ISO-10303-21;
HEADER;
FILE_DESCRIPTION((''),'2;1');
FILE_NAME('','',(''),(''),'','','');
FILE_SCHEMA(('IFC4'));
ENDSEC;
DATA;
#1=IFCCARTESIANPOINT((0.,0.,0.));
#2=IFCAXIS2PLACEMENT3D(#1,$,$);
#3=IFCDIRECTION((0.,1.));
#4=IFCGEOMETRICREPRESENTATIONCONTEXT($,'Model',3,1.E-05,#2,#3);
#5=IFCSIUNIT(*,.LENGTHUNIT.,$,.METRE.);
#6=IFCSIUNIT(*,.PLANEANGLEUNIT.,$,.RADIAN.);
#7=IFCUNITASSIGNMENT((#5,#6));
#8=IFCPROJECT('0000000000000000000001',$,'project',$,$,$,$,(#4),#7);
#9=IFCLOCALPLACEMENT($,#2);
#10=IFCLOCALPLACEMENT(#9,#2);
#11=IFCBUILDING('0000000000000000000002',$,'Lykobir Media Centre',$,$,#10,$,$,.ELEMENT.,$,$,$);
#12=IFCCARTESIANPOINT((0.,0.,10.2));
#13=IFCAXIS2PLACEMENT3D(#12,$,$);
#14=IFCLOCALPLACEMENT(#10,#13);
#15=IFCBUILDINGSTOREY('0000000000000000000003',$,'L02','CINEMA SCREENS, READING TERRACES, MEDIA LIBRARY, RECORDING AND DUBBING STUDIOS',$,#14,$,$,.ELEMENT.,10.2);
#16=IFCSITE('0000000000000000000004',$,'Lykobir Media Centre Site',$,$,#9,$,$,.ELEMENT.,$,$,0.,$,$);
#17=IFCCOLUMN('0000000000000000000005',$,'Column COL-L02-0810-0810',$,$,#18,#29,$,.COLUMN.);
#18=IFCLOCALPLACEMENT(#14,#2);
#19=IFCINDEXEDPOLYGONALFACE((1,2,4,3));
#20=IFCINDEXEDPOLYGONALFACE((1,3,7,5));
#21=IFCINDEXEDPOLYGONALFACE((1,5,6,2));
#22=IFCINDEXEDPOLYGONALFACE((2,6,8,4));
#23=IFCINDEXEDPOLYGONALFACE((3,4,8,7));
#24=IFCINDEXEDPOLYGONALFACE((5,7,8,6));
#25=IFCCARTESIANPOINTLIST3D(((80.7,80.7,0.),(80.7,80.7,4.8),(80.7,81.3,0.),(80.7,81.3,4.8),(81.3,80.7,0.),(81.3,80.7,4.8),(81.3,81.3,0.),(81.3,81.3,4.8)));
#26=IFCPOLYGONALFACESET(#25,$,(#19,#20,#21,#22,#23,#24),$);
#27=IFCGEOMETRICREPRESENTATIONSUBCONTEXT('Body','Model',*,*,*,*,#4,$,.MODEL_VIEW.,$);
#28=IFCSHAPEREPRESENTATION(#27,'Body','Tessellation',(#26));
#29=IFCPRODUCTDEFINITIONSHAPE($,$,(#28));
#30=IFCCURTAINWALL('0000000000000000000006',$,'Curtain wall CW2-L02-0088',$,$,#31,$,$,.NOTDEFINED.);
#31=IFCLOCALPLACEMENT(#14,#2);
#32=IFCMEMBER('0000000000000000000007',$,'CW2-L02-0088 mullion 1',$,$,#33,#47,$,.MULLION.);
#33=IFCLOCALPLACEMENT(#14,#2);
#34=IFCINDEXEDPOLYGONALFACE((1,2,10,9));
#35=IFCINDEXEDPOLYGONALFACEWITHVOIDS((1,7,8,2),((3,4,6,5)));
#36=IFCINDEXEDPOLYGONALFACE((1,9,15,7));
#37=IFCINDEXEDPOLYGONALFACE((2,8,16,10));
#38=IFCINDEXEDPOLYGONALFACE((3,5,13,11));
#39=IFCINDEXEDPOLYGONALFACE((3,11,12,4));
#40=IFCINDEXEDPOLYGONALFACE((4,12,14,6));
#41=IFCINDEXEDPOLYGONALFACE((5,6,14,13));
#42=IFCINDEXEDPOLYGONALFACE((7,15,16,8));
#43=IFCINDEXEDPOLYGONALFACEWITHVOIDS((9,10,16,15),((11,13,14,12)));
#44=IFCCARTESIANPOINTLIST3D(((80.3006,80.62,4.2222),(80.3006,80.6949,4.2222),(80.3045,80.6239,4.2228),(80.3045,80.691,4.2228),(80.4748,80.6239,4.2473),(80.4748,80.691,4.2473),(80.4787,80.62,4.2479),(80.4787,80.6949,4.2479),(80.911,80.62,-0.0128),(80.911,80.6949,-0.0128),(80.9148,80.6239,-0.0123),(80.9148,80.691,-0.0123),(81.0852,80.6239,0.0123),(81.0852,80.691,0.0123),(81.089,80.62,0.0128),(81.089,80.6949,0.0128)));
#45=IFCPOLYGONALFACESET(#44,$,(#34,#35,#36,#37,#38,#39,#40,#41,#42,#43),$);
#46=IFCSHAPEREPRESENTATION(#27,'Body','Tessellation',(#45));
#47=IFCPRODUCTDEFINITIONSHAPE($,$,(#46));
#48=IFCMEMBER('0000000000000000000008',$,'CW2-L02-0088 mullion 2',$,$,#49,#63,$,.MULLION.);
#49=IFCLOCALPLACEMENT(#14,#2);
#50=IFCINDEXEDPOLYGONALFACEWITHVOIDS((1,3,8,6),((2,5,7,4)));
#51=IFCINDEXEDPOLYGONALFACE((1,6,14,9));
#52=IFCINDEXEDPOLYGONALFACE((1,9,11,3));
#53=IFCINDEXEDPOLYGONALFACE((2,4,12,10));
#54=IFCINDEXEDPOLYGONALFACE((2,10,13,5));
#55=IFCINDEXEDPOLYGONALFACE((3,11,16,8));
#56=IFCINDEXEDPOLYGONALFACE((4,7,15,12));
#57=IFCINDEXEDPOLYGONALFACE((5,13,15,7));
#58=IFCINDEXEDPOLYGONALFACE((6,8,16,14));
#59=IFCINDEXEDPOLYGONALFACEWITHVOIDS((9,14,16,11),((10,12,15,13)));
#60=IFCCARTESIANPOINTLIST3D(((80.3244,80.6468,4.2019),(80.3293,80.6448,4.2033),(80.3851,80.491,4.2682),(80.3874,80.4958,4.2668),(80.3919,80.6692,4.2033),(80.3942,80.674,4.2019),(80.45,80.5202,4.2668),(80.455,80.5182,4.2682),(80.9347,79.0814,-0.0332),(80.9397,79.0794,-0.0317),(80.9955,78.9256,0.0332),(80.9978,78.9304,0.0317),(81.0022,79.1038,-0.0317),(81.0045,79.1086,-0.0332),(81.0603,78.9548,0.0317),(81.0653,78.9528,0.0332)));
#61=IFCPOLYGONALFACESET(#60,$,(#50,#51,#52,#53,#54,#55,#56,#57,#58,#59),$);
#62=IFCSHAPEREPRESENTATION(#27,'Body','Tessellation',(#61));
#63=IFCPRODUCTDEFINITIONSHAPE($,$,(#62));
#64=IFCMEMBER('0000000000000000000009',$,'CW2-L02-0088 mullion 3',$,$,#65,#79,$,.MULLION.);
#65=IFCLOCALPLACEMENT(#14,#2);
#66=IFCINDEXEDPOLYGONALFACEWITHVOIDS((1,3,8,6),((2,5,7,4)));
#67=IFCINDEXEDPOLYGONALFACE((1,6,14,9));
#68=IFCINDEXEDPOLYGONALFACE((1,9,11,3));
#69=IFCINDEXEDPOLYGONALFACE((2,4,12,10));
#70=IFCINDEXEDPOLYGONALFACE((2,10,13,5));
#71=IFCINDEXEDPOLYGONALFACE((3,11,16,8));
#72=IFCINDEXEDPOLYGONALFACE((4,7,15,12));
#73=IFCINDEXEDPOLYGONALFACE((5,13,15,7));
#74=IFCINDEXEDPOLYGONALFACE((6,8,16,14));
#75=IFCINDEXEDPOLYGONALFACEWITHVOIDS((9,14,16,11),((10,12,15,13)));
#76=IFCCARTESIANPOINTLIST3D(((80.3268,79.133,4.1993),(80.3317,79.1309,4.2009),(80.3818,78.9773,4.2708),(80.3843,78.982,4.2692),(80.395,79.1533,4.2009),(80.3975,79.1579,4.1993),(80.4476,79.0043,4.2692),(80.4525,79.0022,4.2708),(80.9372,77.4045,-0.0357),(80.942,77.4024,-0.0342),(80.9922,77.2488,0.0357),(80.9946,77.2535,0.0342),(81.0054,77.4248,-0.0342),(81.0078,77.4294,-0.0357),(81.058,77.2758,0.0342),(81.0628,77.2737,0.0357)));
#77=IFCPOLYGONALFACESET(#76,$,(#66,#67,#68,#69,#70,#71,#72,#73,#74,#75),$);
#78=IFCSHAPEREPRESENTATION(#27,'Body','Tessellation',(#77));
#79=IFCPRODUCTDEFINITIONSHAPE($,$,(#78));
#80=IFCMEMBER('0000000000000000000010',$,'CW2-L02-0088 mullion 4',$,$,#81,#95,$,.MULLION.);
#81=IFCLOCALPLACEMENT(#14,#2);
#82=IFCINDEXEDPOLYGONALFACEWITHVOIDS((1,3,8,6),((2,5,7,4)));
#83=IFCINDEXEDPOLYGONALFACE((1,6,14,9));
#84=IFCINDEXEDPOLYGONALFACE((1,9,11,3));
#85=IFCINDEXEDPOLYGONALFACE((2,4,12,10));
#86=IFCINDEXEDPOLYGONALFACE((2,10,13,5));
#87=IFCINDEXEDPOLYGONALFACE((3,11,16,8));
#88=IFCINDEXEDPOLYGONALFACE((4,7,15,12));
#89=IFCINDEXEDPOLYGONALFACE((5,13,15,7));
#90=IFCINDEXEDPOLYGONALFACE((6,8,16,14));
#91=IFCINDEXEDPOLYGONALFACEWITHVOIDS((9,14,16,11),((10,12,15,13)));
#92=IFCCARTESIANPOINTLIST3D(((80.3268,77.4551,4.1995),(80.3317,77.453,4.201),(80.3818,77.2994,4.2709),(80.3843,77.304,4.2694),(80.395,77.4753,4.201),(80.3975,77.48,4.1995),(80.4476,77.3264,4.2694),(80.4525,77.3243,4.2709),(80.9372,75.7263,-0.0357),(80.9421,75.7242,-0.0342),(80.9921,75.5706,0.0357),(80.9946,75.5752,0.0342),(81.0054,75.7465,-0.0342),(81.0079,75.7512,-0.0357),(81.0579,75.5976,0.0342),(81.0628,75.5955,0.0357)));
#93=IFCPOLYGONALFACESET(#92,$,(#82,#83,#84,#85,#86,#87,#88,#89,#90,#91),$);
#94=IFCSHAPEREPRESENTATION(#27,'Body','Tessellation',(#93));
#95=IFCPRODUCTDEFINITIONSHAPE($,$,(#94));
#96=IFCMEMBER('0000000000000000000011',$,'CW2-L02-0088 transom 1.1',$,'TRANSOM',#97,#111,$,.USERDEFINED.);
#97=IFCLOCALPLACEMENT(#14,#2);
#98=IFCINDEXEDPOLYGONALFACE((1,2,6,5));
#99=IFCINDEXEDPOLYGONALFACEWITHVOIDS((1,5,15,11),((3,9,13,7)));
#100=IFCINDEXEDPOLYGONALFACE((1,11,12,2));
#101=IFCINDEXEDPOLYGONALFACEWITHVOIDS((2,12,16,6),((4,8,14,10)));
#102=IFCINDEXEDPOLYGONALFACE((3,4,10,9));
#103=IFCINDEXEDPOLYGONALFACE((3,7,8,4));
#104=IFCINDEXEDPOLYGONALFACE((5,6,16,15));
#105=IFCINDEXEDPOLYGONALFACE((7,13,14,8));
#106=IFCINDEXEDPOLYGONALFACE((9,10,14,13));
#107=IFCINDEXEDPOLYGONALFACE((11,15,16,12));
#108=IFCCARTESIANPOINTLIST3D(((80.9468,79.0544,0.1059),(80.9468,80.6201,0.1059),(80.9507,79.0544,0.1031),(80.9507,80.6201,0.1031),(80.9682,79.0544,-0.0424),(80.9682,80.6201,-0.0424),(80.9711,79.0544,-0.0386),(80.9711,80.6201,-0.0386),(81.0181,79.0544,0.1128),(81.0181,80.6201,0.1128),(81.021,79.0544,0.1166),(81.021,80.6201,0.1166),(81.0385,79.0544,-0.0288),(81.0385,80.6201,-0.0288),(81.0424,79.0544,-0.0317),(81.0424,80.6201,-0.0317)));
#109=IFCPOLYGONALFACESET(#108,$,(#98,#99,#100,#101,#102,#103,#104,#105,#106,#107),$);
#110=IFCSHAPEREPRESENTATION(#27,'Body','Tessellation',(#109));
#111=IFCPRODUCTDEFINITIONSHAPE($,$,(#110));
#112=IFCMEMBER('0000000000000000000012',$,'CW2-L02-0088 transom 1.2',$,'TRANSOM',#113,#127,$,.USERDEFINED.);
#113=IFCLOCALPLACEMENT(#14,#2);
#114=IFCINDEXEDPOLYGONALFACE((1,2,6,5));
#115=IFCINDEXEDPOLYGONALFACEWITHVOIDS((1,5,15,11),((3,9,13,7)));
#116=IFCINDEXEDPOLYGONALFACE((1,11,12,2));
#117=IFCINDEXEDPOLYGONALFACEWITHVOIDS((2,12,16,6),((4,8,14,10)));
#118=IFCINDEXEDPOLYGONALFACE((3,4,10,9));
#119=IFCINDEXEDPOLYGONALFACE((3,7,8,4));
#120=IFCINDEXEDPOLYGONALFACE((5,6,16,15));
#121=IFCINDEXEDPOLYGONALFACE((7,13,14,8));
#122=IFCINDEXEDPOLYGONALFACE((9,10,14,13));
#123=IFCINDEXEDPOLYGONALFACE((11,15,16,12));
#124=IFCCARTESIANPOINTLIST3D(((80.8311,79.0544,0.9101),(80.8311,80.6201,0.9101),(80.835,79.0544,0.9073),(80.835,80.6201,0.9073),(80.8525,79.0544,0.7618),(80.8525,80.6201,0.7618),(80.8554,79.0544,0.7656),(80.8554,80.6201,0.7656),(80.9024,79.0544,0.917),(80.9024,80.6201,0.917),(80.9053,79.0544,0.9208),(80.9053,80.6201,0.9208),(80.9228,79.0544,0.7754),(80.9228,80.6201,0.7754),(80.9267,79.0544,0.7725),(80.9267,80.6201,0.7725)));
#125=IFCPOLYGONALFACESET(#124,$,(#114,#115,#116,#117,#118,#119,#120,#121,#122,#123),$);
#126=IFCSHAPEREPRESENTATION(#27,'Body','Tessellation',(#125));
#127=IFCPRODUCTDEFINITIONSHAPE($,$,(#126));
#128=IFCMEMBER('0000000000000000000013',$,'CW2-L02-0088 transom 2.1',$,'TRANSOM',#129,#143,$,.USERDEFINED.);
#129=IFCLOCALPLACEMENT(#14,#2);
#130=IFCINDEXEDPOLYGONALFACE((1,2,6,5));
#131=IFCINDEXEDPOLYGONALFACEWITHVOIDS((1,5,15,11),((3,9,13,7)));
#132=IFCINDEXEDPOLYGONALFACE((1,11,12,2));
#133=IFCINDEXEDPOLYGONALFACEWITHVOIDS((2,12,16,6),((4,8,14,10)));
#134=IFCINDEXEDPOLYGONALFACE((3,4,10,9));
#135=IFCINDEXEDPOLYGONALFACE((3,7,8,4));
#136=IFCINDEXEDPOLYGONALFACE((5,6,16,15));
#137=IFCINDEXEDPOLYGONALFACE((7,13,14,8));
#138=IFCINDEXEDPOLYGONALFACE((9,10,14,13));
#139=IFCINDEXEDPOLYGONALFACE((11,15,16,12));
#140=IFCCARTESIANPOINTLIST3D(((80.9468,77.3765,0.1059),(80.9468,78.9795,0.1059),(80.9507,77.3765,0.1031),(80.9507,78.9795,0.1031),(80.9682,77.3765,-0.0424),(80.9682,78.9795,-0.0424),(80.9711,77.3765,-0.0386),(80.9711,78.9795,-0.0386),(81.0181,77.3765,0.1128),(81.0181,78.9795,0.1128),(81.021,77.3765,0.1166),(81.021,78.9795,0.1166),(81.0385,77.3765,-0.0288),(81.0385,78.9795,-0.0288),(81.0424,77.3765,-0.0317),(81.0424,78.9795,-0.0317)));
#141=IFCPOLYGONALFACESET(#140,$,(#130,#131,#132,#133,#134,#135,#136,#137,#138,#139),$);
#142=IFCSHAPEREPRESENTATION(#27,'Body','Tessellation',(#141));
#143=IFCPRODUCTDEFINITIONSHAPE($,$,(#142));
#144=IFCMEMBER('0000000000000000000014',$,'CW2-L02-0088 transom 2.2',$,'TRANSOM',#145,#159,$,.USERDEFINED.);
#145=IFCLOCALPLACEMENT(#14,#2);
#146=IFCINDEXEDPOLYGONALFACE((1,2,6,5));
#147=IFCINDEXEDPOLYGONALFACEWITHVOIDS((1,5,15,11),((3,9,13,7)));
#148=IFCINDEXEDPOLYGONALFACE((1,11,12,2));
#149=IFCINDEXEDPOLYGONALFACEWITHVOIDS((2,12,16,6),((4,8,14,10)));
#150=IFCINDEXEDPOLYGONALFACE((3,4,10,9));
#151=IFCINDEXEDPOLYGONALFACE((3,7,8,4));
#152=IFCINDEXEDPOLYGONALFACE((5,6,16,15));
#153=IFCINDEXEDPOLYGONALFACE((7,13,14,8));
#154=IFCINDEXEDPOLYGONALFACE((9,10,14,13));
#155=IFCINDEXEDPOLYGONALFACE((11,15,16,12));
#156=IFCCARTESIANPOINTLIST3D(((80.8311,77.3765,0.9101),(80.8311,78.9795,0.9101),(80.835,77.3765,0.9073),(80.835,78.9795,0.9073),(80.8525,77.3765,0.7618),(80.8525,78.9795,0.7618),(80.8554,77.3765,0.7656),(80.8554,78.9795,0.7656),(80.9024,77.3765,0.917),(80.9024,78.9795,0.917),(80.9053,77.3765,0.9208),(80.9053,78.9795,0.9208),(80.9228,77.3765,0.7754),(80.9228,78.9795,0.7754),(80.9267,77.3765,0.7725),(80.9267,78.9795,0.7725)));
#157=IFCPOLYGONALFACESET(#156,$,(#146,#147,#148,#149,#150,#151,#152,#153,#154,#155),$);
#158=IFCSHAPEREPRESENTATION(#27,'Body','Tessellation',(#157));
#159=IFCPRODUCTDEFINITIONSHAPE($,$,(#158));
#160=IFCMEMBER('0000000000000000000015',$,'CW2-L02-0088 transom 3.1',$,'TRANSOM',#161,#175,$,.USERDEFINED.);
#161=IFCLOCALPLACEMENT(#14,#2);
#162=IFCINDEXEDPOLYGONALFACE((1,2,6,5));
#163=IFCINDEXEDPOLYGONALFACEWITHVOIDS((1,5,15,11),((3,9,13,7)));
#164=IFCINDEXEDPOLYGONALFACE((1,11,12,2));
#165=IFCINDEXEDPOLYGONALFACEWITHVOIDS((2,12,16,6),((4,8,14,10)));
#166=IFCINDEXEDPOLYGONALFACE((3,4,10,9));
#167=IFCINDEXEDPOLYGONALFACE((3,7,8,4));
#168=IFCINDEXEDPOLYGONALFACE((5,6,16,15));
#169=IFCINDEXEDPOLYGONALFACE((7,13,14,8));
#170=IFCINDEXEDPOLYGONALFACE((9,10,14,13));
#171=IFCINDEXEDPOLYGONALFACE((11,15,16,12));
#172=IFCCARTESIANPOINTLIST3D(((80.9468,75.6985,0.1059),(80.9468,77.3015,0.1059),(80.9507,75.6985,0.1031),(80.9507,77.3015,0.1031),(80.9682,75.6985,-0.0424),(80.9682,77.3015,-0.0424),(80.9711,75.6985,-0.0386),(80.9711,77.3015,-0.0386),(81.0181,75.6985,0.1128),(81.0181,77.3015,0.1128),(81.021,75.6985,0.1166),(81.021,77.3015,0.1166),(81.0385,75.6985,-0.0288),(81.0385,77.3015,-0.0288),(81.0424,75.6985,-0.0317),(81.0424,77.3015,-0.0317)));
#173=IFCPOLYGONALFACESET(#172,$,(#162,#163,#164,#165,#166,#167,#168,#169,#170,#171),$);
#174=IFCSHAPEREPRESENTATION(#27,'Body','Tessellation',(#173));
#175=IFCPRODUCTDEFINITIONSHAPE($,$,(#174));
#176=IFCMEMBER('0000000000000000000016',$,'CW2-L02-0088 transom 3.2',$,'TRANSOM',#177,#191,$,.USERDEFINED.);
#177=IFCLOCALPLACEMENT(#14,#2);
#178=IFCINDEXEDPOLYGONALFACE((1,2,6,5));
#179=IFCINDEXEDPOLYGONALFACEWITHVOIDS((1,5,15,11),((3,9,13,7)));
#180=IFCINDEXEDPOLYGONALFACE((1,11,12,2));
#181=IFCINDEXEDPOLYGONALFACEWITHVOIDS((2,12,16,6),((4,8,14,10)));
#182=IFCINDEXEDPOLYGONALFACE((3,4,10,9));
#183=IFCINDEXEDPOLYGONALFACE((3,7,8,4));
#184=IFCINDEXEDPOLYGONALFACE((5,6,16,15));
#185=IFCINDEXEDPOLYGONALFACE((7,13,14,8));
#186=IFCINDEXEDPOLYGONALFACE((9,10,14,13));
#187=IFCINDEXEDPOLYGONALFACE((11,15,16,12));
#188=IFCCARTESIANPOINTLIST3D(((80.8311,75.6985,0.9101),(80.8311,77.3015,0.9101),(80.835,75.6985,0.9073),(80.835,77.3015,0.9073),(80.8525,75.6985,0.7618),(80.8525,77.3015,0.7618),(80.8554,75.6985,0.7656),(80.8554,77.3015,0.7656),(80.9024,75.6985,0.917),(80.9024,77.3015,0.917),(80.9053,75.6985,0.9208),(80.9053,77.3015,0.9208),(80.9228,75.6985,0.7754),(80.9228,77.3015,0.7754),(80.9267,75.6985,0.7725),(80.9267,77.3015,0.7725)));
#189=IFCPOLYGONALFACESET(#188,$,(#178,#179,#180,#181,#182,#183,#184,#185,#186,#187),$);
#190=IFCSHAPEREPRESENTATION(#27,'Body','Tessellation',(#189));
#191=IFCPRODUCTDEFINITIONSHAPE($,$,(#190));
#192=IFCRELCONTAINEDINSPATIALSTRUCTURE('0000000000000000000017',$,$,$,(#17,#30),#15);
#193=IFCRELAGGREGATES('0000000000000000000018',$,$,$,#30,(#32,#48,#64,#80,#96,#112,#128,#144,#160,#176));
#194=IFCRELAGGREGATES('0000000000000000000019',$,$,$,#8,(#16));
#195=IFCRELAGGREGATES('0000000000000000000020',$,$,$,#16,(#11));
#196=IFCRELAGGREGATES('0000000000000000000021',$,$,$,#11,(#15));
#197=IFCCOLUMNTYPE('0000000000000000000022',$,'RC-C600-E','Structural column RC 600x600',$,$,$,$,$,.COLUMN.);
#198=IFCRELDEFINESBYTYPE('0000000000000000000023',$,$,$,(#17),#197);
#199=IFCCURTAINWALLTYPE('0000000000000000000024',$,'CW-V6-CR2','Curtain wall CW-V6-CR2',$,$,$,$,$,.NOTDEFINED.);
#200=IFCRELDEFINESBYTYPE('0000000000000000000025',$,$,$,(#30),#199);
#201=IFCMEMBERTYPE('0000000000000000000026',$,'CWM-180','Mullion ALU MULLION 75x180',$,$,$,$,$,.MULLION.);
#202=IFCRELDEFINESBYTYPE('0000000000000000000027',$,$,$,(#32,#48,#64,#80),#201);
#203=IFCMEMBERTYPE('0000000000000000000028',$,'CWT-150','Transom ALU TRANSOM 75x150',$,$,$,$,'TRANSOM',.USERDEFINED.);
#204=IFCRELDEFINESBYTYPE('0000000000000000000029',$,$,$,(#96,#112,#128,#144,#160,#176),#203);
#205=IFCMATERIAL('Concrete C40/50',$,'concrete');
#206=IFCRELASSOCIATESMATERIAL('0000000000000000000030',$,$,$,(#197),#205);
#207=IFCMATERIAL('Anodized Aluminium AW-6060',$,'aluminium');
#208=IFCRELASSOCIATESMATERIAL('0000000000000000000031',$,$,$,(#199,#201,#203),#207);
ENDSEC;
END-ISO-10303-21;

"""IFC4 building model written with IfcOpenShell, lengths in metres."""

from ifc_helpers import new_model, si_unit, direction, frame, origin, origin_2d, place, context, subcontext, project, spatial, rectangle, hollow_rectangle, extrude, material, material_profile, profile_set, type_object, element, aggregate, save


model = new_model("IFC4")

# Units and contexts
model_context = context("Model", 3, precision=1e-05, world=origin(), true_north=direction((0.0, 1.0)))
body_context = subcontext(model_context, "Body", "Model", "MODEL_VIEW")
ifc_project = project(units=[si_unit("LENGTHUNIT", "METRE"), si_unit("PLANEANGLEUNIT", "RADIAN")], contexts=[model_context])

# Site, building, storey
site_placement = place(None, origin())
site = spatial("IfcSite", under=ifc_project, at=site_placement, Name="Lykobir Media Centre Site", CompositionType="ELEMENT", RefElevation=0.0)
building_placement = place(site_placement, origin())
building = spatial("IfcBuilding", under=site, at=building_placement, Name="Lykobir Media Centre", CompositionType="ELEMENT")
storey_placement = place(building_placement, frame((0.0, 0.0, 10.2)))
storey = spatial("IfcBuildingStorey", under=building, at=storey_placement, Name="L02", Description="CINEMA SCREENS, READING TERRACES, MEDIA LIBRARY, RECORDING AND DUBBING STUDIOS", CompositionType="ELEMENT", Elevation=10.2)

# Column
ifc_material_1 = material(Name="Concrete C40/50", Category="concrete")
ifc_material_profile_1 = material_profile(ifc_material_1, rectangle(XDim=0.6001, YDim=0.6001, at=origin_2d()), Name="RC 600x600")
ifc_profile_set_1 = profile_set([ifc_material_profile_1], Name="Concrete C40/50")
column_type = type_object("IfcColumnType", Name="RC-C600-E", Description="Structural column RC 600x600", PredefinedType="COLUMN", material=ifc_profile_set_1)
column_placement = place(storey_placement, frame((81.0, 81.0, 0.0), z_axis=(0.0, 0.0, 1.0), x_axis=(1.0, 0.0, 0.0)))
element("IfcColumn", 1, at=column_placement, inside=storey, type_object=column_type, Name="Column COL-L02-0810-0810", PredefinedType="COLUMN", context=body_context, shape_type="SweptSolid", body=[
    extrude(rectangle(XDim=0.6001, YDim=0.6001, at=origin_2d()), origin(), (0.0, 0.0, 1.0), 4.8),
])

# Curtain wall, members
ifc_material_2 = material(Name="Anodized Aluminium AW-6060", Category="aluminium")
curtain_wall_type = type_object("IfcCurtainWallType", Name="CW-V6-CR2", Description="Curtain wall CW-V6-CR2", PredefinedType="NOTDEFINED", material=ifc_material_2)
curtain_wall_placement = place(storey_placement, origin())
curtain_wall = element("IfcCurtainWall", 2, at=curtain_wall_placement, inside=storey, type_object=curtain_wall_type, Name="Curtain wall CW2-L02-0088", PredefinedType="NOTDEFINED")
ifc_material_profile_2 = material_profile(ifc_material_2, hollow_rectangle(XDim=0.075, YDim=0.1799, WallThickness=0.0039, at=origin_2d()), Name="ALU MULLION 75x180")
ifc_profile_set_2 = profile_set([ifc_material_profile_2], Name="Anodized Aluminium AW-6060")
member_type_1 = type_object("IfcMemberType", Name="CWM-180", Description="Mullion ALU MULLION 75x180", PredefinedType="MULLION", material=ifc_profile_set_2)
member_1_placement = place(storey_placement, frame((81.0, 80.6575, 0.0), z_axis=(-0.142643, 0.0, 0.989774), x_axis=(0.0, -1.0, 0.0)))
member_1 = element("IfcMember", 3, at=member_1_placement, type_object=member_type_1, Name="CW2-L02-0088 mullion 1", PredefinedType="MULLION", context=body_context, shape_type="SweptSolid", body=[
    extrude(hollow_rectangle(XDim=0.075, YDim=0.1799, WallThickness=0.0039, at=origin_2d()), origin(), (0.0, 0.0, 1.0), 4.2788),
])
member_2_placement = place(storey_placement, frame((81.0, 79.0171, 0.0), z_axis=(-0.13396, 0.34358, 0.92952), x_axis=(-0.931688, -0.36326, 0.0)))
member_2 = element("IfcMember", 4, at=member_2_placement, type_object=member_type_1, Name="CW2-L02-0088 mullion 2", PredefinedType="MULLION", context=body_context, shape_type="SweptSolid", body=[
    extrude(hollow_rectangle(XDim=0.075, YDim=0.1799, WallThickness=0.0039, at=origin_2d()), origin(), (0.0, 0.0, 1.0), 4.5562),
])
member_3_placement = place(storey_placement, frame((81.0, 77.3391, 0.0), z_axis=(-0.132259, 0.374559, 0.917722), x_axis=(-0.942941, -0.332959, 0.0)))
member_3 = element("IfcMember", 5, at=member_3_placement, type_object=member_type_1, Name="CW2-L02-0088 mullion 3", PredefinedType="MULLION", context=body_context, shape_type="SweptSolid", body=[
    extrude(hollow_rectangle(XDim=0.075, YDim=0.1799, WallThickness=0.0039, at=origin_2d()), origin(), (0.0, 0.0, 1.0), 4.6147),
])
member_4_placement = place(storey_placement, frame((81.0, 75.6609, 0.0), z_axis=(-0.132257, 0.374604, 0.917704), x_axis=(-0.942956, -0.332918, 0.0)))
member_4 = element("IfcMember", 6, at=member_4_placement, type_object=member_type_1, Name="CW2-L02-0088 mullion 4", PredefinedType="MULLION", context=body_context, shape_type="SweptSolid", body=[
    extrude(hollow_rectangle(XDim=0.075, YDim=0.1799, WallThickness=0.0039, at=origin_2d()), origin(), (0.0, 0.0, 1.0), 4.615),
])
ifc_material_profile_3 = material_profile(ifc_material_2, hollow_rectangle(XDim=0.075, YDim=0.1499, WallThickness=0.0034, at=origin_2d()), Name="ALU TRANSOM 75x150")
ifc_profile_set_3 = profile_set([ifc_material_profile_3], Name="Anodized Aluminium AW-6060")
member_type_2 = type_object("IfcMemberType", Name="CWT-150", Description="Transom ALU TRANSOM 75x150", ElementType="TRANSOM", PredefinedType="USERDEFINED", material=ifc_profile_set_3)
member_5_placement = place(storey_placement, frame((80.9946, 80.6201, 0.0371), z_axis=(0.0, -1.0, 0.0), x_axis=(0.989776, 0.0, 0.142629)))
member_5 = element("IfcMember", 7, at=member_5_placement, type_object=member_type_2, Name="CW2-L02-0088 transom 1.1", ObjectType="TRANSOM", PredefinedType="USERDEFINED", context=body_context, shape_type="SweptSolid", body=[
    extrude(hollow_rectangle(XDim=0.075, YDim=0.1499, WallThickness=0.0034, at=origin_2d()), origin(), (0.0, 0.0, 1.0), 1.5657),
])
member_6_placement = place(storey_placement, frame((80.8789, 80.6201, 0.8413), z_axis=(0.0, -1.0, 0.0), x_axis=(0.989776, 0.0, 0.142629)))
member_6 = element("IfcMember", 8, at=member_6_placement, type_object=member_type_2, Name="CW2-L02-0088 transom 1.2", ObjectType="TRANSOM", PredefinedType="USERDEFINED", context=body_context, shape_type="SweptSolid", body=[
    extrude(hollow_rectangle(XDim=0.075, YDim=0.1499, WallThickness=0.0034, at=origin_2d()), origin(), (0.0, 0.0, 1.0), 1.5657),
])
member_7_placement = place(storey_placement, frame((80.9946, 78.9795, 0.0371), z_axis=(0.0, -1.0, 0.0), x_axis=(0.989776, 0.0, 0.142629)))
member_7 = element("IfcMember", 9, at=member_7_placement, type_object=member_type_2, Name="CW2-L02-0088 transom 2.1", ObjectType="TRANSOM", PredefinedType="USERDEFINED", context=body_context, shape_type="SweptSolid", body=[
    extrude(hollow_rectangle(XDim=0.075, YDim=0.1499, WallThickness=0.0034, at=origin_2d()), origin(), (0.0, 0.0, 1.0), 1.603),
])
member_8_placement = place(storey_placement, frame((80.8789, 78.9795, 0.8413), z_axis=(0.0, -1.0, 0.0), x_axis=(0.989776, 0.0, 0.142629)))
member_8 = element("IfcMember", 10, at=member_8_placement, type_object=member_type_2, Name="CW2-L02-0088 transom 2.2", ObjectType="TRANSOM", PredefinedType="USERDEFINED", context=body_context, shape_type="SweptSolid", body=[
    extrude(hollow_rectangle(XDim=0.075, YDim=0.1499, WallThickness=0.0034, at=origin_2d()), origin(), (0.0, 0.0, 1.0), 1.603),
])
member_9_placement = place(storey_placement, frame((80.9946, 77.3015, 0.0371), z_axis=(0.0, -1.0, 0.0), x_axis=(0.989776, 0.0, 0.142629)))
member_9 = element("IfcMember", 11, at=member_9_placement, type_object=member_type_2, Name="CW2-L02-0088 transom 3.1", ObjectType="TRANSOM", PredefinedType="USERDEFINED", context=body_context, shape_type="SweptSolid", body=[
    extrude(hollow_rectangle(XDim=0.075, YDim=0.1499, WallThickness=0.0034, at=origin_2d()), origin(), (0.0, 0.0, 1.0), 1.603),
])
member_10_placement = place(storey_placement, frame((80.8789, 77.3015, 0.8413), z_axis=(0.0, -1.0, 0.0), x_axis=(0.989776, 0.0, 0.142629)))
member_10 = element("IfcMember", 12, at=member_10_placement, type_object=member_type_2, Name="CW2-L02-0088 transom 3.2", ObjectType="TRANSOM", PredefinedType="USERDEFINED", context=body_context, shape_type="SweptSolid", body=[
    extrude(hollow_rectangle(XDim=0.075, YDim=0.1499, WallThickness=0.0034, at=origin_2d()), origin(), (0.0, 0.0, 1.0), 1.603),
])

aggregate(curtain_wall, [member_1, member_2, member_3, member_4, member_5, member_6, member_7, member_8, member_9, member_10])

save(model, "model.ifc")
